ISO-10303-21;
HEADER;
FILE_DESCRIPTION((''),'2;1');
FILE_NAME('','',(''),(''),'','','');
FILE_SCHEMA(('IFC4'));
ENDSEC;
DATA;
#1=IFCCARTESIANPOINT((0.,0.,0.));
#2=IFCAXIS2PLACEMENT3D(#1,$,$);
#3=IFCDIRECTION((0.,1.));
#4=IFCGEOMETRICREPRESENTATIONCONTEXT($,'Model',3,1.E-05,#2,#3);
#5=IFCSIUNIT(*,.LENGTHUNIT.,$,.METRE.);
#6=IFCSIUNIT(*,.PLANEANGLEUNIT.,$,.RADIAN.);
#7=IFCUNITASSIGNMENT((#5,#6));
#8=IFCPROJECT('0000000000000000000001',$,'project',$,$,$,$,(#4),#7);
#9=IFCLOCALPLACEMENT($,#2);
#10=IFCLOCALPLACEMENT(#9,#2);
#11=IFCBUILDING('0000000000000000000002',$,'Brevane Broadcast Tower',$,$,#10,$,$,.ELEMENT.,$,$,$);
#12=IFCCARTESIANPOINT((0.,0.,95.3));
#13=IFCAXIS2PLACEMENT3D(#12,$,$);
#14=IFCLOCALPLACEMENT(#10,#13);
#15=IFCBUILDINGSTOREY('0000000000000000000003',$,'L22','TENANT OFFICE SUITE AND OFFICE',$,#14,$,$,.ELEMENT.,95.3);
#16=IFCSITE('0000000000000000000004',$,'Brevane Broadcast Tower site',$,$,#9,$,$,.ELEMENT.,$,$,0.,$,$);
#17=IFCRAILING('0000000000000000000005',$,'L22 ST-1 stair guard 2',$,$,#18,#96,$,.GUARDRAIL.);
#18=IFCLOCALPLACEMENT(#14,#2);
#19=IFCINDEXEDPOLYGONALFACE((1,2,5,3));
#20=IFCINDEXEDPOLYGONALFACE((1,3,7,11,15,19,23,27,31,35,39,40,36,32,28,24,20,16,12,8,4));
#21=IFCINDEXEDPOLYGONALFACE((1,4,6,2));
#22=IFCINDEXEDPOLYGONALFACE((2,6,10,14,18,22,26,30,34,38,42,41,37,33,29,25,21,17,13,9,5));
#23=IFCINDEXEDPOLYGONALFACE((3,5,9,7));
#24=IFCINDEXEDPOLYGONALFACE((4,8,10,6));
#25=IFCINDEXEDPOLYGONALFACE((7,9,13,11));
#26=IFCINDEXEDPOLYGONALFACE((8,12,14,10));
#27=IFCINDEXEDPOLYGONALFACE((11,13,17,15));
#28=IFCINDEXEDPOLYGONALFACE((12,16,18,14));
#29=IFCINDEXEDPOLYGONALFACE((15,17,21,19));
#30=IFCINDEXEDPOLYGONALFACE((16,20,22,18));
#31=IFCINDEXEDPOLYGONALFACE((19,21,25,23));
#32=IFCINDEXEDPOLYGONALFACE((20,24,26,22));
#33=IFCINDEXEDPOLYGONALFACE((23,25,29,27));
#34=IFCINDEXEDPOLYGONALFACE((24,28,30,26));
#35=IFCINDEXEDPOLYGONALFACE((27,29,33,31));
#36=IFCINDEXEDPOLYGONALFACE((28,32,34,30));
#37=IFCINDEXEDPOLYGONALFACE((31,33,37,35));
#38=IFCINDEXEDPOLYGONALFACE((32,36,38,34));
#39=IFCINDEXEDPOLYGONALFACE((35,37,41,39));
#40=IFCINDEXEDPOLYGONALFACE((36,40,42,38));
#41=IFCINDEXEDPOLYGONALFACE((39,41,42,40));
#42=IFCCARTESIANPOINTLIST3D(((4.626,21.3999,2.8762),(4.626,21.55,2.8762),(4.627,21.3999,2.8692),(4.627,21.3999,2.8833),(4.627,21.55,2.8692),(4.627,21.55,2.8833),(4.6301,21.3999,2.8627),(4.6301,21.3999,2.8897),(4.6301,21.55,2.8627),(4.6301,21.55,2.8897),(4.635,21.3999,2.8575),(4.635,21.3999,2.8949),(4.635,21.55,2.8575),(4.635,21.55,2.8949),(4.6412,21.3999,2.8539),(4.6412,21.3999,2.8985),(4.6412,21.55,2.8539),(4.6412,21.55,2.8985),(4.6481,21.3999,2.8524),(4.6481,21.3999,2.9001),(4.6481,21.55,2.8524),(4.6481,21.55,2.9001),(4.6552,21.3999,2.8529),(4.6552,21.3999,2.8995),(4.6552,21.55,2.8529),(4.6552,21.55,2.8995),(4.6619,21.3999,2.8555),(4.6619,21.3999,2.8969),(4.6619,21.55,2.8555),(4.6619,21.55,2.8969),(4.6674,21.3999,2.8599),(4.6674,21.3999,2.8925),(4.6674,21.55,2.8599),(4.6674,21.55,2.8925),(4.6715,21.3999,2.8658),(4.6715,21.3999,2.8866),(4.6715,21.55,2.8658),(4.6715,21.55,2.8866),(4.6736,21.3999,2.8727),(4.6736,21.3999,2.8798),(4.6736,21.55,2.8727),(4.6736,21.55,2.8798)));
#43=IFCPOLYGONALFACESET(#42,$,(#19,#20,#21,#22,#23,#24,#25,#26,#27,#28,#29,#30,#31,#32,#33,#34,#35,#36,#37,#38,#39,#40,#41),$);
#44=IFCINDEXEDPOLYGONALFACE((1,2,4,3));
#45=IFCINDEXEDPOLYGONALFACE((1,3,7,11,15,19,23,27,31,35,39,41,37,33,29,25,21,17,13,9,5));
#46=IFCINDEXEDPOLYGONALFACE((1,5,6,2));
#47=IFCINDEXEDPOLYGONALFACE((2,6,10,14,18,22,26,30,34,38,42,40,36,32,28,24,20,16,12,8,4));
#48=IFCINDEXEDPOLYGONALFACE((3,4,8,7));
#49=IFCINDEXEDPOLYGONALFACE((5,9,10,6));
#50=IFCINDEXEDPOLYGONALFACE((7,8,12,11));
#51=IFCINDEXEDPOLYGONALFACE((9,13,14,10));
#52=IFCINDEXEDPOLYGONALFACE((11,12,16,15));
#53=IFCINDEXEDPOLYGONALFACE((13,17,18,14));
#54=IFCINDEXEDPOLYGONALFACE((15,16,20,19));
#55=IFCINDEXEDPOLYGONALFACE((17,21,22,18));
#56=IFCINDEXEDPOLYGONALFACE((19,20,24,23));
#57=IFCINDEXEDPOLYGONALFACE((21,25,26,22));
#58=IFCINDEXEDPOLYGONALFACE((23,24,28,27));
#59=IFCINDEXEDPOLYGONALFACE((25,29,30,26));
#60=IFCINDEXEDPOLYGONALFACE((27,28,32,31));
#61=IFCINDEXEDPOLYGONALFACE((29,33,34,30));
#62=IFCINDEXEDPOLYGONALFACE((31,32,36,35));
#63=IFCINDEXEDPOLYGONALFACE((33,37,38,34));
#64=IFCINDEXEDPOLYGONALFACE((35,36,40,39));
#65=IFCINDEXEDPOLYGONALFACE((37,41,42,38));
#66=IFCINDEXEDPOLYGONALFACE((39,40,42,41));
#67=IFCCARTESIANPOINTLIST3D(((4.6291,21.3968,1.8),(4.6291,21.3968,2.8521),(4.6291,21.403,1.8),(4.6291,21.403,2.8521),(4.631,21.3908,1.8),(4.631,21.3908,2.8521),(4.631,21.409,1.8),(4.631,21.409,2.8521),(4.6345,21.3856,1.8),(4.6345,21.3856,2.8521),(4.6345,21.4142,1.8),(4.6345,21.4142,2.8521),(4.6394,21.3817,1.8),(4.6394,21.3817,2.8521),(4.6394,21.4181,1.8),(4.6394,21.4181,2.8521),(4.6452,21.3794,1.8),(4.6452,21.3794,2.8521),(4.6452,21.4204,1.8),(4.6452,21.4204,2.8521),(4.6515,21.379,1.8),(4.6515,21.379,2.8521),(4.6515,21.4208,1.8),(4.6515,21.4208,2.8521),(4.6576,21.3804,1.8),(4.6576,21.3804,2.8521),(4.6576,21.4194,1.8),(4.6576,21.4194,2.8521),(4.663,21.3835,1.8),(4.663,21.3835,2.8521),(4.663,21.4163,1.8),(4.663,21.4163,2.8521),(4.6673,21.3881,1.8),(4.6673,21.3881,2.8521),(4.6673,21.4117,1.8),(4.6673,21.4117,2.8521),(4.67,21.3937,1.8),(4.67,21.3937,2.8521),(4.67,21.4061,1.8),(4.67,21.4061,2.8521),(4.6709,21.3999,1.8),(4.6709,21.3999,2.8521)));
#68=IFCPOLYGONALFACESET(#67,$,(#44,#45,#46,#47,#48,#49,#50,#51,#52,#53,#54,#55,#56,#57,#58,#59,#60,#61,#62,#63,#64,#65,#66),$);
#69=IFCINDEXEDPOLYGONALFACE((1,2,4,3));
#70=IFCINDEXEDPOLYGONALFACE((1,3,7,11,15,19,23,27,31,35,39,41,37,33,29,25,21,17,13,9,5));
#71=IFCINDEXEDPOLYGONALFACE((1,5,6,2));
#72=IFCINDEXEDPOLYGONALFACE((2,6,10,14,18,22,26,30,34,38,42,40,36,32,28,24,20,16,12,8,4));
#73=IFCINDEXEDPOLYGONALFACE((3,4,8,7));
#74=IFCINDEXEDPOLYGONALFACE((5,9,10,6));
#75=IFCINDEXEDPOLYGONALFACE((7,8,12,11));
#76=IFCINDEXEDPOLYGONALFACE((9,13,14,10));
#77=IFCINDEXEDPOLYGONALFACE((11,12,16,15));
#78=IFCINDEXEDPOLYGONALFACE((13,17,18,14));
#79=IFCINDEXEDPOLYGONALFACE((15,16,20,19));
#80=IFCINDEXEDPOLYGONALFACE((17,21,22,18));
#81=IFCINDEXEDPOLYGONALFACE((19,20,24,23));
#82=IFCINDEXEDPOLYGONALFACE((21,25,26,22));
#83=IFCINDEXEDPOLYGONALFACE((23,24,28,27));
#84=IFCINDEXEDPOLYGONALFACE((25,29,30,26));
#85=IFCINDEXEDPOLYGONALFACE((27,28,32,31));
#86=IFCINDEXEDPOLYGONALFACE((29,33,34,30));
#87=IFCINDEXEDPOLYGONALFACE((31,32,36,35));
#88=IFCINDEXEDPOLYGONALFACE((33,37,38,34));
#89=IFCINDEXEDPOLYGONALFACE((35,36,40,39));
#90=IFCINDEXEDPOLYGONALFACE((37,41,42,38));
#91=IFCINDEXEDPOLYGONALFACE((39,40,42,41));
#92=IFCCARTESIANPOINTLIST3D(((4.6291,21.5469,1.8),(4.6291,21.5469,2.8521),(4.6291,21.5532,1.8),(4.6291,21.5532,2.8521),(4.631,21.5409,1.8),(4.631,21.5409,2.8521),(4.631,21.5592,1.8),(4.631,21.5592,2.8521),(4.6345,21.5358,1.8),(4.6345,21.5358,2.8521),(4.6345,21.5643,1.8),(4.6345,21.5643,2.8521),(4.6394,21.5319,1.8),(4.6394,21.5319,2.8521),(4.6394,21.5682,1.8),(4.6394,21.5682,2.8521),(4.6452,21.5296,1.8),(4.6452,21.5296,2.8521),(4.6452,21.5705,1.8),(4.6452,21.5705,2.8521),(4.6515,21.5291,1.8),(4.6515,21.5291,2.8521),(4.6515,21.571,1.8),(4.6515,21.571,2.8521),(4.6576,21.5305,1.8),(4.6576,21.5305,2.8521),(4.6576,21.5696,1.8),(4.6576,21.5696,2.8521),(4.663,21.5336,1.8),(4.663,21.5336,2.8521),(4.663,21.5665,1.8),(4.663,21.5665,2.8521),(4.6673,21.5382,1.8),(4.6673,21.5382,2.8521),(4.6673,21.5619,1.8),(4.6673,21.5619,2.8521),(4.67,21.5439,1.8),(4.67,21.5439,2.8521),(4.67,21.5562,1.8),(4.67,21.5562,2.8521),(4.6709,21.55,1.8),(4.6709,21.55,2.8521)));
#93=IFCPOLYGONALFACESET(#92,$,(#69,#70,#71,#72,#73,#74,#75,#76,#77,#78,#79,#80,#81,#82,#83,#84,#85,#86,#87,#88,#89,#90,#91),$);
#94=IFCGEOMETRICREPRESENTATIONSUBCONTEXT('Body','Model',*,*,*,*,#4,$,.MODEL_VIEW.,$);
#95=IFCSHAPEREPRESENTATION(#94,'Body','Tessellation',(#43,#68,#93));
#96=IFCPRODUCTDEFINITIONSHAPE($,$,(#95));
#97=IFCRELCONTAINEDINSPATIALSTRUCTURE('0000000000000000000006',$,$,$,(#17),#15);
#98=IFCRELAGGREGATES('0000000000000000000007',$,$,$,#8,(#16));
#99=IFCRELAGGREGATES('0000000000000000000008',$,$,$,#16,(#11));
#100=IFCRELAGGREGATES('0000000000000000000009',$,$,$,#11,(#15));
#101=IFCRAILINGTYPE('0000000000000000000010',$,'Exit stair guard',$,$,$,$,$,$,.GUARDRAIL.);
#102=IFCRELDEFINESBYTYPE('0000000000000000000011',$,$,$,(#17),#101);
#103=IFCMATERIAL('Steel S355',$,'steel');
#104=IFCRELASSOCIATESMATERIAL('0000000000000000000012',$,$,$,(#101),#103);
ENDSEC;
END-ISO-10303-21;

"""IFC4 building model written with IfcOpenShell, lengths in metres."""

from ifc_helpers import new_model, si_unit, direction, frame, origin, origin_2d, place, context, subcontext, project, spatial, circle, extrude, material, type_object, element, save


model = new_model("IFC4")

# Units and contexts
model_context = context("Model", 3, precision=1e-05, world=origin(), true_north=direction((0.0, 1.0)))
body_context = subcontext(model_context, "Body", "Model", "MODEL_VIEW")
ifc_project = project(units=[si_unit("LENGTHUNIT", "METRE"), si_unit("PLANEANGLEUNIT", "RADIAN")], contexts=[model_context])

# Site, building, storey
site_placement = place(None, origin())
site = spatial("IfcSite", under=ifc_project, at=site_placement, Name="Brevane Broadcast Tower site", CompositionType="ELEMENT", RefElevation=0.0)
building_placement = place(site_placement, origin())
building = spatial("IfcBuilding", under=site, at=building_placement, Name="Brevane Broadcast Tower", CompositionType="ELEMENT")
storey_placement = place(building_placement, frame((0.0, 0.0, 95.3)))
storey = spatial("IfcBuildingStorey", under=building, at=storey_placement, Name="L22", Description="TENANT OFFICE SUITE AND OFFICE", CompositionType="ELEMENT", Elevation=95.3)

# Railing
ifc_material_1 = material(Name="Steel S355", Category="steel")
railing_type_1 = type_object("IfcRailingType", Name="Exit stair guard", PredefinedType="GUARDRAIL", material=ifc_material_1)
railing_1_placement = place(storey_placement, frame((4.6499, 21.3999, 1.8)))
element("IfcRailing", 1, at=railing_1_placement, inside=storey, type_object=railing_type_1, Name="L22 ST-1 stair guard 2", PredefinedType="GUARDRAIL", context=body_context, shape_type="SweptSolid", body=[
    extrude(circle(Radius=0.0239, at=origin_2d()), frame((0.0, 0.0, 1.0762), z_axis=(0.0, 1.0, 0.0), x_axis=(-1.0, 0.0, 0.0)), (0.0, 0.0, 1.0), 0.1501),
    extrude(circle(Radius=0.021, at=origin_2d()), origin(), (0.0, 0.0, 1.0), 1.052),
    extrude(circle(Radius=0.021, at=origin_2d()), frame((0.0, 0.1501, 0.0)), (0.0, 0.0, 1.0), 1.052),
])

save(model, "model.ifc")
